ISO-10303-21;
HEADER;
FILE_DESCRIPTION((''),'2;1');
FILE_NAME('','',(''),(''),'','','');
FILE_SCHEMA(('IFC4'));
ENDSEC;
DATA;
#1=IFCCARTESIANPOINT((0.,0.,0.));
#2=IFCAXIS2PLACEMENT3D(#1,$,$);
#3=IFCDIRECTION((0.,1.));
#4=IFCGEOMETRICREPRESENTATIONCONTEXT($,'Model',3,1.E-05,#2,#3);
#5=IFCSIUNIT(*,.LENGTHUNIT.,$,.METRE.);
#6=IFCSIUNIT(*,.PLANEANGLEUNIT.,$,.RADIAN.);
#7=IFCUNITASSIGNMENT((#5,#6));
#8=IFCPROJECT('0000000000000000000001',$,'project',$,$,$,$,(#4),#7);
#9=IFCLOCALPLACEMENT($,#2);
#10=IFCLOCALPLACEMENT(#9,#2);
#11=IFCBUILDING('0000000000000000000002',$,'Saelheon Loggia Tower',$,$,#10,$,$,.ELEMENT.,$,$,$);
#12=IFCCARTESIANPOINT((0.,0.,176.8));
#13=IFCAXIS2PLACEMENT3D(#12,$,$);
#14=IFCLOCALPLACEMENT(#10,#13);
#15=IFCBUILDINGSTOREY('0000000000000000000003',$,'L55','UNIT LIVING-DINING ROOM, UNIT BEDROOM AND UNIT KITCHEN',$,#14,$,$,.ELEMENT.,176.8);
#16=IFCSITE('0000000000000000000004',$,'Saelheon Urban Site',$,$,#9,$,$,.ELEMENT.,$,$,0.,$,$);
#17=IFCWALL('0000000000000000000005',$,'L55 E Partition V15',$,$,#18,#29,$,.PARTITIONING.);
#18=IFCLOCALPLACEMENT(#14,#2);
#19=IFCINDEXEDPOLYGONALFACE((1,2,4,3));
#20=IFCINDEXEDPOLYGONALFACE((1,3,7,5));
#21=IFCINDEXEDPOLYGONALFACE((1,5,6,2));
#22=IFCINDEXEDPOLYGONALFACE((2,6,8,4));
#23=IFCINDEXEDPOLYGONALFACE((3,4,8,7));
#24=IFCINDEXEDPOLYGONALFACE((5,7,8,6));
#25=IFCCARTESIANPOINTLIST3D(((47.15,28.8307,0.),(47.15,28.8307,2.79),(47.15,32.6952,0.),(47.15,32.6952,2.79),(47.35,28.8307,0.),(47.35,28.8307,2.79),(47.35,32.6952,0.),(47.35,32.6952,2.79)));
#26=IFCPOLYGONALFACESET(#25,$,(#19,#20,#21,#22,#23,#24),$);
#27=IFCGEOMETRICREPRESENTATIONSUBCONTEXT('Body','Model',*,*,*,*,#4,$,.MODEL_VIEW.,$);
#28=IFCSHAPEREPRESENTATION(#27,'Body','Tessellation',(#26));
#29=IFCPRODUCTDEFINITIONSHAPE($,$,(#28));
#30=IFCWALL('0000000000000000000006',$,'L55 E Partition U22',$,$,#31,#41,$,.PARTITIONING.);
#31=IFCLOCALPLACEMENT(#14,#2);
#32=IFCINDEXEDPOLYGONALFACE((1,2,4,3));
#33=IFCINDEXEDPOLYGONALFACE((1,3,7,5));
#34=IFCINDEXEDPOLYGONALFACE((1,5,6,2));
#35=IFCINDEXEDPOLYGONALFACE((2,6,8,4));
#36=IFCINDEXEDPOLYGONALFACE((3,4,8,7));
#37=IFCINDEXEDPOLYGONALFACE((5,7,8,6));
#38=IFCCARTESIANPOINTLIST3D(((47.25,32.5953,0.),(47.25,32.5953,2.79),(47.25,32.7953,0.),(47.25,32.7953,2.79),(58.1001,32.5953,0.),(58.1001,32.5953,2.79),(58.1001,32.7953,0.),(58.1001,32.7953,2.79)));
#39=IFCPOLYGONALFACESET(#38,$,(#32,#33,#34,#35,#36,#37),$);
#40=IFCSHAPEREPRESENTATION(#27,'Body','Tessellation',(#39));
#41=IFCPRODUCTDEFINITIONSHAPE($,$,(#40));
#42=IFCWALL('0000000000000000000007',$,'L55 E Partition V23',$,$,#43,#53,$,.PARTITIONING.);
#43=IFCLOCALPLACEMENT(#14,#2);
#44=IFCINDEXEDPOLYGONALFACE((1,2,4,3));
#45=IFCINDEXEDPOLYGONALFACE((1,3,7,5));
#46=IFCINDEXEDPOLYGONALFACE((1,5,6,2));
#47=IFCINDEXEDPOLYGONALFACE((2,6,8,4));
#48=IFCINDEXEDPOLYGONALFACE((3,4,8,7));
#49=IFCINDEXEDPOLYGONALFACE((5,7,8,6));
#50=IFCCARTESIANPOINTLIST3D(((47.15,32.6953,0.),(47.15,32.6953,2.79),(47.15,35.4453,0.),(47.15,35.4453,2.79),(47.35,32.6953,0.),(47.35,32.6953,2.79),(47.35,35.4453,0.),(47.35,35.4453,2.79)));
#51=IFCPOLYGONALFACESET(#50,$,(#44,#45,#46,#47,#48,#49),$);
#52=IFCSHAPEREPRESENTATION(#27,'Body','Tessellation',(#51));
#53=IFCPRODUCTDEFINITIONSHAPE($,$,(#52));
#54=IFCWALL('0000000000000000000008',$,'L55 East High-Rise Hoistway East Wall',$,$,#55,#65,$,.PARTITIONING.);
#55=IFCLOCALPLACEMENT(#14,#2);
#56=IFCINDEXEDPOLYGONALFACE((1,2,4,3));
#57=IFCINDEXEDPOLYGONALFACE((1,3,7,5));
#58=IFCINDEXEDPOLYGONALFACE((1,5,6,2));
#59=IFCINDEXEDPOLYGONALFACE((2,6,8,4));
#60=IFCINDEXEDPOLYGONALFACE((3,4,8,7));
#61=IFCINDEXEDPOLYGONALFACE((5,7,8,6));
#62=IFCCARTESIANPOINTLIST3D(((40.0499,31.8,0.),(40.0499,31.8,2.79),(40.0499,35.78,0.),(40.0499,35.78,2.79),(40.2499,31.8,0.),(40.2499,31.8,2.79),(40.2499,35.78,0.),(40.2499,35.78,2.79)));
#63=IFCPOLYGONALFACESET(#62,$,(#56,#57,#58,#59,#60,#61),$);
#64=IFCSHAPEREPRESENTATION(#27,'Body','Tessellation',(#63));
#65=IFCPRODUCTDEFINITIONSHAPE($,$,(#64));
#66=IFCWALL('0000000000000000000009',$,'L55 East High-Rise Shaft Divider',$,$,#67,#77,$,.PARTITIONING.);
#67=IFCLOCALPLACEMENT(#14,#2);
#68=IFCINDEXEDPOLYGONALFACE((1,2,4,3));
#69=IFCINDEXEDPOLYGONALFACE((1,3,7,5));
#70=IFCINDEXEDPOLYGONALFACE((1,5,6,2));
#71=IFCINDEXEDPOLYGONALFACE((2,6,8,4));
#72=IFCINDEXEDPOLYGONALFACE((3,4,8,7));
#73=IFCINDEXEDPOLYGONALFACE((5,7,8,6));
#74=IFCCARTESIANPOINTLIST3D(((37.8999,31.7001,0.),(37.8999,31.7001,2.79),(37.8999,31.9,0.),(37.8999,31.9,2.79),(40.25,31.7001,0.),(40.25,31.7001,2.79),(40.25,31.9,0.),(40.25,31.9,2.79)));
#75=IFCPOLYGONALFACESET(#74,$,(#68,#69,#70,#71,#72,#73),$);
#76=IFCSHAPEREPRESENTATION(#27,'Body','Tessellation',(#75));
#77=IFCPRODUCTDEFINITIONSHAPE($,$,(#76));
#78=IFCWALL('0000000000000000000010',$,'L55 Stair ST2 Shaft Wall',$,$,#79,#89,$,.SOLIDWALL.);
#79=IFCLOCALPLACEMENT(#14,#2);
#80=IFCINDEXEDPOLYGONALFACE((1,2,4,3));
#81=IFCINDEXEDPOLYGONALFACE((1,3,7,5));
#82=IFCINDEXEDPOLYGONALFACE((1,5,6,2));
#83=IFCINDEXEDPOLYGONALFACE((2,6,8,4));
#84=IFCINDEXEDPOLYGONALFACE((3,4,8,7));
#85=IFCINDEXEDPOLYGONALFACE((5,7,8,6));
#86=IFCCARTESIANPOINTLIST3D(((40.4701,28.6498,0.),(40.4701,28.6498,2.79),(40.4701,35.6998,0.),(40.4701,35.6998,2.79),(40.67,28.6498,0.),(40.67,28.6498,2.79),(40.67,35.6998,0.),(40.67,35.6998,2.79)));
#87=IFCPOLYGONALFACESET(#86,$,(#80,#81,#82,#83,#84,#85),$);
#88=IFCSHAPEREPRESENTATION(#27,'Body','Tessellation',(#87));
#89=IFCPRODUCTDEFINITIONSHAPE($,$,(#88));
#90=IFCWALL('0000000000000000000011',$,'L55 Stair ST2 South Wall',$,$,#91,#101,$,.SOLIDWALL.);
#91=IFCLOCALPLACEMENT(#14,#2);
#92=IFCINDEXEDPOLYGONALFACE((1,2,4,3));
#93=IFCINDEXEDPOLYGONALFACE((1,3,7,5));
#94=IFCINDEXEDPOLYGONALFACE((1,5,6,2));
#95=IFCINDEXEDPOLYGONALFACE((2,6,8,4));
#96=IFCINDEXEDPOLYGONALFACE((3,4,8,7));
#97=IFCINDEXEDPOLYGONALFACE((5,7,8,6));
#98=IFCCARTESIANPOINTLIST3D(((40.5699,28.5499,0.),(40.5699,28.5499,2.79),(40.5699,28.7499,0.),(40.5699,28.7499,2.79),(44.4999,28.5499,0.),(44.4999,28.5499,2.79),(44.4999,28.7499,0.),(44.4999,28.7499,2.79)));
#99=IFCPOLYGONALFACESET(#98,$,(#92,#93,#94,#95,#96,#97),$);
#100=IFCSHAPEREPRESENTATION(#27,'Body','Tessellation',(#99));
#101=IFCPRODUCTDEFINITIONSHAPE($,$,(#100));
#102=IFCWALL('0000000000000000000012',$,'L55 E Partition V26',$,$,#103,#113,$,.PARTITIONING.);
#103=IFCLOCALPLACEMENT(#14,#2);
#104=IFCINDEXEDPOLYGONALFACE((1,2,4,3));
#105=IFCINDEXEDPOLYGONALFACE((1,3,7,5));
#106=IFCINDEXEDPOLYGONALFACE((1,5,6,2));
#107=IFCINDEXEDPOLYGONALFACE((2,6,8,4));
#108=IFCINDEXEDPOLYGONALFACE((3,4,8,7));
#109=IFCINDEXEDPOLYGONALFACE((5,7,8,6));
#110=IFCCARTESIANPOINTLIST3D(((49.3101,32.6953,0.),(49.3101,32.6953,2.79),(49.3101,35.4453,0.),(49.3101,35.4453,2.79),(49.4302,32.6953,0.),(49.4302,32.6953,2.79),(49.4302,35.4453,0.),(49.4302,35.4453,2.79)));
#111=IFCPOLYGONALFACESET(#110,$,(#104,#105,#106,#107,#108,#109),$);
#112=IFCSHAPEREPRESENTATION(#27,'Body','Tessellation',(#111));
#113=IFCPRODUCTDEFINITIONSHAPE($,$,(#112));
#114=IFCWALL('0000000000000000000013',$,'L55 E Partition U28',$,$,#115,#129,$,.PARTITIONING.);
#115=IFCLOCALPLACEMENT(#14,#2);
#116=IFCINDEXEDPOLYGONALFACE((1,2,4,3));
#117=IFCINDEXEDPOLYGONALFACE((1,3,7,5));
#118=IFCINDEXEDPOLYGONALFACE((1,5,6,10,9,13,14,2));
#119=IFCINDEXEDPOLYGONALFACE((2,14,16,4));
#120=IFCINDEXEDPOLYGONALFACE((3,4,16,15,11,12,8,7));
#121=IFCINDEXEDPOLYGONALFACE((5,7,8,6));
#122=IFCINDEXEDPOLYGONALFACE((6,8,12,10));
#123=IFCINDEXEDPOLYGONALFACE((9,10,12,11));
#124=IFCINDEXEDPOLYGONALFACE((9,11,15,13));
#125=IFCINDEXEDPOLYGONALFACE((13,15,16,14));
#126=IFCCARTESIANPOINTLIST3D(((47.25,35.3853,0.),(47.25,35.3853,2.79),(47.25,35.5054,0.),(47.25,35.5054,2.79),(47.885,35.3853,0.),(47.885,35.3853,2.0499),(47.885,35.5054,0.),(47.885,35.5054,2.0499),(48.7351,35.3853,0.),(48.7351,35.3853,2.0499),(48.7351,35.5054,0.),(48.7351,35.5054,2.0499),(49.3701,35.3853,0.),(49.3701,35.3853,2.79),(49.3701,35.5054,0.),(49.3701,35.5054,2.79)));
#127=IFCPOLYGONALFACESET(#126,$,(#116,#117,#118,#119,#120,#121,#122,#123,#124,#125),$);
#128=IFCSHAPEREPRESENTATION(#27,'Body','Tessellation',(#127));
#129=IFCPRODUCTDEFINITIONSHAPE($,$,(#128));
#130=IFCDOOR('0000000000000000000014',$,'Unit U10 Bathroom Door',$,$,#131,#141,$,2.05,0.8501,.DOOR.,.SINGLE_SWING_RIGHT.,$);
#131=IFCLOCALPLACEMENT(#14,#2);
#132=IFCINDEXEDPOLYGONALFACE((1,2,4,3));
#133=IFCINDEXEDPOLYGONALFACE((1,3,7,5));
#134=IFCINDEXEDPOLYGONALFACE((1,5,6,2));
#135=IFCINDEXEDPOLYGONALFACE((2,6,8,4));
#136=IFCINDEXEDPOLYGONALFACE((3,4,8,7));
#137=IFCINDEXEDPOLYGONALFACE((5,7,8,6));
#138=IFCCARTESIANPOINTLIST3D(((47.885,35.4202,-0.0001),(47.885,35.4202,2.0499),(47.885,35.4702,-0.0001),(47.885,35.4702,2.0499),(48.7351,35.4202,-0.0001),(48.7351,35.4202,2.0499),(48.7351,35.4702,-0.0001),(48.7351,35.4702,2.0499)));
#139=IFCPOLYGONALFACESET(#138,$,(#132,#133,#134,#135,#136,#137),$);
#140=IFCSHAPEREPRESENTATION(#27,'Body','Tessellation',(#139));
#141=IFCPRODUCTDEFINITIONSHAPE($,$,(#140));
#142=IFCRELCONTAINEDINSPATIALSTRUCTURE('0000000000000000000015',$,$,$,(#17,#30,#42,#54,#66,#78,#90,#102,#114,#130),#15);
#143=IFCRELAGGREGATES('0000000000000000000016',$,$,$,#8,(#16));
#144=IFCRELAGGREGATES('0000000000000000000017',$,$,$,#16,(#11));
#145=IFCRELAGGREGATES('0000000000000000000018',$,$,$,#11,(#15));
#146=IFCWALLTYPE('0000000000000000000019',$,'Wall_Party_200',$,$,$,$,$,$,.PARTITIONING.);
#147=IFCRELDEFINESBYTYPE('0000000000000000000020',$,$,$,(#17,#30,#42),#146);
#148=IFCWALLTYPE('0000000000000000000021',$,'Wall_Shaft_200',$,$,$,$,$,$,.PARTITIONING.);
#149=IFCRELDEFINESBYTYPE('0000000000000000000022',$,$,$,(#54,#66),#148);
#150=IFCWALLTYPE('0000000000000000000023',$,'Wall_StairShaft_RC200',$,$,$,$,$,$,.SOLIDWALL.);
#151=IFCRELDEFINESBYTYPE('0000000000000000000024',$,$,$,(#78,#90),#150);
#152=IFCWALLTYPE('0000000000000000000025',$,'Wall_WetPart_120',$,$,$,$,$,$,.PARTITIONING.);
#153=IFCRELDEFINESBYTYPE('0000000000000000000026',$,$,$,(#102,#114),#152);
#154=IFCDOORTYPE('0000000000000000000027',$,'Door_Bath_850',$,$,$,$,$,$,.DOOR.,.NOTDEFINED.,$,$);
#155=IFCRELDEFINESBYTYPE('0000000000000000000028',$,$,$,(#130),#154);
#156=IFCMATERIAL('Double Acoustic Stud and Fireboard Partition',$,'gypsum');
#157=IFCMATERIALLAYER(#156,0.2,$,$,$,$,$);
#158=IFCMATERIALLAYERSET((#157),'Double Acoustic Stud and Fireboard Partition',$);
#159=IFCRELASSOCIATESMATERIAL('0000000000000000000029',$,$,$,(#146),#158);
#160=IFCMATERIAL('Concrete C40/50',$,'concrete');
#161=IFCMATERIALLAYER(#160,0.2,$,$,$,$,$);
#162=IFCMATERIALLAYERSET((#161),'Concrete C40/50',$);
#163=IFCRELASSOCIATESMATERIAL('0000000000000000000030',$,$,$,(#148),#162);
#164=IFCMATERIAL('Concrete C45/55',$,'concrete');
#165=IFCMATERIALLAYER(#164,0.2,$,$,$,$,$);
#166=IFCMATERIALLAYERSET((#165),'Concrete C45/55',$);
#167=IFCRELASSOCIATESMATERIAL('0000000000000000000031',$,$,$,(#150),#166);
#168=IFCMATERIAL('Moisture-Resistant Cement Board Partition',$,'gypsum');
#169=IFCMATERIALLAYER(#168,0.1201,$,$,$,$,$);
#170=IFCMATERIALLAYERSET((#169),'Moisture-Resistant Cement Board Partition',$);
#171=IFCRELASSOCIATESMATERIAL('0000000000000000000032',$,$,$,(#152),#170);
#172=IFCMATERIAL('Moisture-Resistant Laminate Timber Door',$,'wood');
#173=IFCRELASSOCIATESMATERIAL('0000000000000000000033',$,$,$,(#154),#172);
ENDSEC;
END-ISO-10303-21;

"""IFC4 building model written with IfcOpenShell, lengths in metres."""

from ifc_helpers import new_model, si_unit, direction, frame, frame_2d, origin, place, context, subcontext, project, spatial, rectangle, extrude, source, transform, mapped, material, layer, layer_set, type_object, element, fill, save


model = new_model("IFC4")

# Units and contexts
model_context = context("Model", 3, precision=1e-05, world=origin(), true_north=direction((0.0, 1.0)))
body_context = subcontext(model_context, "Body", "Model", "MODEL_VIEW")
ifc_project = project(units=[si_unit("LENGTHUNIT", "METRE"), si_unit("PLANEANGLEUNIT", "RADIAN")], contexts=[model_context])

# Site, building, storey
site_placement = place(None, origin())
site = spatial("IfcSite", under=ifc_project, at=site_placement, Name="Saelheon Urban Site", CompositionType="ELEMENT", RefElevation=0.0)
building_placement = place(site_placement, origin())
building = spatial("IfcBuilding", under=site, at=building_placement, Name="Saelheon Loggia Tower", CompositionType="ELEMENT")
storey_placement = place(building_placement, frame((0.0, 0.0, 176.8)))
storey = spatial("IfcBuildingStorey", under=building, at=storey_placement, Name="L55", Description="UNIT LIVING-DINING ROOM, UNIT BEDROOM AND UNIT KITCHEN", CompositionType="ELEMENT", Elevation=176.8)

# Shared definitions
ifc_material_1 = material(Name="Concrete C40/50", Category="concrete")

# Walls
ifc_material_2 = material(Name="Double Acoustic Stud and Fireboard Partition", Category="gypsum")
ifc_layer_1 = layer(ifc_material_2, 0.2)
ifc_layer_set_1 = layer_set([ifc_layer_1], Name="Double Acoustic Stud and Fireboard Partition")
wall_type_1 = type_object("IfcWallType", Name="Wall_Party_200", PredefinedType="PARTITIONING", material=ifc_layer_set_1)
wall_1_placement = place(storey_placement, frame((47.25, 28.8308, 0.0), z_axis=(0.0, 0.0, 1.0), x_axis=(0.0, 1.0, 0.0)))
element("IfcWall", 1, at=wall_1_placement, inside=storey, type_object=wall_type_1, Name="L55 E Partition V15", PredefinedType="PARTITIONING", context=body_context, shape_type="SweptSolid", body=[
    extrude(rectangle(XDim=3.8645, YDim=0.2, at=frame_2d((1.9321, 0.0))), origin(), (0.0, 0.0, 1.0), 2.79),
])
wall_2_placement = place(storey_placement, frame((47.25, 32.6953, 0.0), z_axis=(0.0, 0.0, 1.0), x_axis=(1.0, 0.0, 0.0)))
element("IfcWall", 2, at=wall_2_placement, inside=storey, type_object=wall_type_1, Name="L55 E Partition U22", PredefinedType="PARTITIONING", context=body_context, shape_type="SweptSolid", body=[
    extrude(rectangle(XDim=10.8501, YDim=0.2, at=frame_2d((5.425, 0.0))), origin(), (0.0, 0.0, 1.0), 2.79),
])
wall_3_placement = place(storey_placement, frame((47.25, 32.6953, 0.0), z_axis=(0.0, 0.0, 1.0), x_axis=(0.0, 1.0, 0.0)))
element("IfcWall", 3, at=wall_3_placement, inside=storey, type_object=wall_type_1, Name="L55 E Partition V23", PredefinedType="PARTITIONING", context=body_context, shape_type="SweptSolid", body=[
    extrude(rectangle(XDim=2.75, YDim=0.2, at=frame_2d((1.375, 0.0))), origin(), (0.0, 0.0, 1.0), 2.79),
])

# Walls
ifc_layer_2 = layer(ifc_material_1, 0.2)
ifc_layer_set_2 = layer_set([ifc_layer_2], Name="Concrete C40/50")
wall_type_2 = type_object("IfcWallType", Name="Wall_Shaft_200", PredefinedType="PARTITIONING", material=ifc_layer_set_2)
wall_4_placement = place(storey_placement, frame((40.1499, 31.8, 0.0), z_axis=(0.0, 0.0, 1.0), x_axis=(0.0, 1.0, 0.0)))
element("IfcWall", 4, at=wall_4_placement, inside=storey, type_object=wall_type_2, Name="L55 East High-Rise Hoistway East Wall", PredefinedType="PARTITIONING", context=body_context, shape_type="SweptSolid", body=[
    extrude(rectangle(XDim=3.98, YDim=0.2, at=frame_2d((1.99, 0.0))), origin(), (0.0, 0.0, 1.0), 2.79),
])
wall_5_placement = place(storey_placement, frame((37.8999, 31.8, 0.0), z_axis=(0.0, 0.0, 1.0), x_axis=(1.0, 0.0, 0.0)))
element("IfcWall", 5, at=wall_5_placement, inside=storey, type_object=wall_type_2, Name="L55 East High-Rise Shaft Divider", PredefinedType="PARTITIONING", context=body_context, shape_type="SweptSolid", body=[
    extrude(rectangle(XDim=2.3501, YDim=0.2, at=frame_2d((1.175, 0.0))), origin(), (0.0, 0.0, 1.0), 2.79),
])
ifc_material_3 = material(Name="Concrete C45/55", Category="concrete")
ifc_layer_3 = layer(ifc_material_3, 0.2)
ifc_layer_set_3 = layer_set([ifc_layer_3], Name="Concrete C45/55")
wall_type_3 = type_object("IfcWallType", Name="Wall_StairShaft_RC200", PredefinedType="SOLIDWALL", material=ifc_layer_set_3)
wall_6_placement = place(storey_placement, frame((40.5701, 28.6499, 0.0), z_axis=(0.0, 0.0, 1.0), x_axis=(0.0, 1.0, 0.0)))
element("IfcWall", 6, at=wall_6_placement, inside=storey, type_object=wall_type_3, Name="L55 Stair ST2 Shaft Wall", PredefinedType="SOLIDWALL", context=body_context, shape_type="SweptSolid", body=[
    extrude(rectangle(XDim=7.05, YDim=0.2, at=frame_2d((3.5249, 0.0))), origin(), (0.0, 0.0, 1.0), 2.79),
])
wall_7_placement = place(storey_placement, frame((40.5701, 28.6499, 0.0), z_axis=(0.0, 0.0, 1.0), x_axis=(1.0, 0.0, 0.0)))
element("IfcWall", 7, at=wall_7_placement, inside=storey, type_object=wall_type_3, Name="L55 Stair ST2 South Wall", PredefinedType="SOLIDWALL", context=body_context, shape_type="SweptSolid", body=[
    extrude(rectangle(XDim=3.9299, YDim=0.2, at=frame_2d((1.9648, 0.0))), origin(), (0.0, 0.0, 1.0), 2.79),
])
ifc_material_4 = material(Name="Moisture-Resistant Cement Board Partition", Category="gypsum")
ifc_layer_4 = layer(ifc_material_4, 0.1201)
ifc_layer_set_4 = layer_set([ifc_layer_4], Name="Moisture-Resistant Cement Board Partition")
wall_type_4 = type_object("IfcWallType", Name="Wall_WetPart_120", PredefinedType="PARTITIONING", material=ifc_layer_set_4)
wall_8_placement = place(storey_placement, frame((49.3701, 32.6953, 0.0), z_axis=(0.0, 0.0, 1.0), x_axis=(0.0, 1.0, 0.0)))
element("IfcWall", 8, at=wall_8_placement, inside=storey, type_object=wall_type_4, Name="L55 E Partition V26", PredefinedType="PARTITIONING", context=body_context, shape_type="SweptSolid", body=[
    extrude(rectangle(XDim=2.75, YDim=0.1201, at=frame_2d((1.375, 0.0))), origin(), (0.0, 0.0, 1.0), 2.79),
])

# Wall, opening, door
wall_9_placement = place(storey_placement, frame((47.25, 35.4453, 0.0), z_axis=(0.0, 0.0, 1.0), x_axis=(1.0, 0.0, 0.0)))
wall_9 = element("IfcWall", 9, at=wall_9_placement, inside=storey, type_object=wall_type_4, Name="L55 E Partition U28", PredefinedType="PARTITIONING", context=body_context, shape_type="SweptSolid", body=[
    extrude(rectangle(XDim=2.1201, YDim=0.1201, at=frame_2d((1.0601, 0.0))), origin(), (0.0, 0.0, 1.0), 2.79),
])
opening_1_placement = place(wall_9_placement, frame((0.635, 0.0, 0.0)))
opening_1 = element("IfcOpeningElement", 10, at=opening_1_placement, cuts=wall_9, PredefinedType="OPENING", context=body_context, shape_type="SweptSolid", body=[
    extrude(rectangle(XDim=0.8501, YDim=2.05, at=frame_2d((0.425, 1.0249))), frame((0.0, 0.072, 0.0), z_axis=(0.0, -1.0, 0.0), x_axis=(1.0, 0.0, 0.0)), (0.0, 0.0, 1.0), 0.144),
])
ifc_material_5 = material(Name="Moisture-Resistant Laminate Timber Door", Category="wood")
door_type_1 = type_object("IfcDoorType", Name="Door_Bath_850", OperationType="NOTDEFINED", PredefinedType="DOOR", material=ifc_material_5)
shared_shape_1 = source(origin(), body_context, "Body", "SweptSolid", [
    extrude(rectangle(XDim=0.8501, YDim=2.05, at=frame_2d((0.425, 1.0249))), frame((0.0, 0.0249, 0.0), z_axis=(0.0, -1.0, 0.0), x_axis=(1.0, 0.0, 0.0)), (0.0, 0.0, 1.0), 0.05),
])
door_1_placement = place(opening_1_placement, origin())
door_1 = element("IfcDoor", 11, at=door_1_placement, inside=storey, type_object=door_type_1, Name="Unit U10 Bathroom Door", OperationType="SINGLE_SWING_RIGHT", OverallHeight=2.05, OverallWidth=0.8501, PredefinedType="DOOR", context=body_context, shape_type="MappedRepresentation", body=[
    mapped(shared_shape_1, transform((0.0, 0.0, 0.0), scale=1.0)),
])
fill(opening_1, door_1)

save(model, "model.ifc")
